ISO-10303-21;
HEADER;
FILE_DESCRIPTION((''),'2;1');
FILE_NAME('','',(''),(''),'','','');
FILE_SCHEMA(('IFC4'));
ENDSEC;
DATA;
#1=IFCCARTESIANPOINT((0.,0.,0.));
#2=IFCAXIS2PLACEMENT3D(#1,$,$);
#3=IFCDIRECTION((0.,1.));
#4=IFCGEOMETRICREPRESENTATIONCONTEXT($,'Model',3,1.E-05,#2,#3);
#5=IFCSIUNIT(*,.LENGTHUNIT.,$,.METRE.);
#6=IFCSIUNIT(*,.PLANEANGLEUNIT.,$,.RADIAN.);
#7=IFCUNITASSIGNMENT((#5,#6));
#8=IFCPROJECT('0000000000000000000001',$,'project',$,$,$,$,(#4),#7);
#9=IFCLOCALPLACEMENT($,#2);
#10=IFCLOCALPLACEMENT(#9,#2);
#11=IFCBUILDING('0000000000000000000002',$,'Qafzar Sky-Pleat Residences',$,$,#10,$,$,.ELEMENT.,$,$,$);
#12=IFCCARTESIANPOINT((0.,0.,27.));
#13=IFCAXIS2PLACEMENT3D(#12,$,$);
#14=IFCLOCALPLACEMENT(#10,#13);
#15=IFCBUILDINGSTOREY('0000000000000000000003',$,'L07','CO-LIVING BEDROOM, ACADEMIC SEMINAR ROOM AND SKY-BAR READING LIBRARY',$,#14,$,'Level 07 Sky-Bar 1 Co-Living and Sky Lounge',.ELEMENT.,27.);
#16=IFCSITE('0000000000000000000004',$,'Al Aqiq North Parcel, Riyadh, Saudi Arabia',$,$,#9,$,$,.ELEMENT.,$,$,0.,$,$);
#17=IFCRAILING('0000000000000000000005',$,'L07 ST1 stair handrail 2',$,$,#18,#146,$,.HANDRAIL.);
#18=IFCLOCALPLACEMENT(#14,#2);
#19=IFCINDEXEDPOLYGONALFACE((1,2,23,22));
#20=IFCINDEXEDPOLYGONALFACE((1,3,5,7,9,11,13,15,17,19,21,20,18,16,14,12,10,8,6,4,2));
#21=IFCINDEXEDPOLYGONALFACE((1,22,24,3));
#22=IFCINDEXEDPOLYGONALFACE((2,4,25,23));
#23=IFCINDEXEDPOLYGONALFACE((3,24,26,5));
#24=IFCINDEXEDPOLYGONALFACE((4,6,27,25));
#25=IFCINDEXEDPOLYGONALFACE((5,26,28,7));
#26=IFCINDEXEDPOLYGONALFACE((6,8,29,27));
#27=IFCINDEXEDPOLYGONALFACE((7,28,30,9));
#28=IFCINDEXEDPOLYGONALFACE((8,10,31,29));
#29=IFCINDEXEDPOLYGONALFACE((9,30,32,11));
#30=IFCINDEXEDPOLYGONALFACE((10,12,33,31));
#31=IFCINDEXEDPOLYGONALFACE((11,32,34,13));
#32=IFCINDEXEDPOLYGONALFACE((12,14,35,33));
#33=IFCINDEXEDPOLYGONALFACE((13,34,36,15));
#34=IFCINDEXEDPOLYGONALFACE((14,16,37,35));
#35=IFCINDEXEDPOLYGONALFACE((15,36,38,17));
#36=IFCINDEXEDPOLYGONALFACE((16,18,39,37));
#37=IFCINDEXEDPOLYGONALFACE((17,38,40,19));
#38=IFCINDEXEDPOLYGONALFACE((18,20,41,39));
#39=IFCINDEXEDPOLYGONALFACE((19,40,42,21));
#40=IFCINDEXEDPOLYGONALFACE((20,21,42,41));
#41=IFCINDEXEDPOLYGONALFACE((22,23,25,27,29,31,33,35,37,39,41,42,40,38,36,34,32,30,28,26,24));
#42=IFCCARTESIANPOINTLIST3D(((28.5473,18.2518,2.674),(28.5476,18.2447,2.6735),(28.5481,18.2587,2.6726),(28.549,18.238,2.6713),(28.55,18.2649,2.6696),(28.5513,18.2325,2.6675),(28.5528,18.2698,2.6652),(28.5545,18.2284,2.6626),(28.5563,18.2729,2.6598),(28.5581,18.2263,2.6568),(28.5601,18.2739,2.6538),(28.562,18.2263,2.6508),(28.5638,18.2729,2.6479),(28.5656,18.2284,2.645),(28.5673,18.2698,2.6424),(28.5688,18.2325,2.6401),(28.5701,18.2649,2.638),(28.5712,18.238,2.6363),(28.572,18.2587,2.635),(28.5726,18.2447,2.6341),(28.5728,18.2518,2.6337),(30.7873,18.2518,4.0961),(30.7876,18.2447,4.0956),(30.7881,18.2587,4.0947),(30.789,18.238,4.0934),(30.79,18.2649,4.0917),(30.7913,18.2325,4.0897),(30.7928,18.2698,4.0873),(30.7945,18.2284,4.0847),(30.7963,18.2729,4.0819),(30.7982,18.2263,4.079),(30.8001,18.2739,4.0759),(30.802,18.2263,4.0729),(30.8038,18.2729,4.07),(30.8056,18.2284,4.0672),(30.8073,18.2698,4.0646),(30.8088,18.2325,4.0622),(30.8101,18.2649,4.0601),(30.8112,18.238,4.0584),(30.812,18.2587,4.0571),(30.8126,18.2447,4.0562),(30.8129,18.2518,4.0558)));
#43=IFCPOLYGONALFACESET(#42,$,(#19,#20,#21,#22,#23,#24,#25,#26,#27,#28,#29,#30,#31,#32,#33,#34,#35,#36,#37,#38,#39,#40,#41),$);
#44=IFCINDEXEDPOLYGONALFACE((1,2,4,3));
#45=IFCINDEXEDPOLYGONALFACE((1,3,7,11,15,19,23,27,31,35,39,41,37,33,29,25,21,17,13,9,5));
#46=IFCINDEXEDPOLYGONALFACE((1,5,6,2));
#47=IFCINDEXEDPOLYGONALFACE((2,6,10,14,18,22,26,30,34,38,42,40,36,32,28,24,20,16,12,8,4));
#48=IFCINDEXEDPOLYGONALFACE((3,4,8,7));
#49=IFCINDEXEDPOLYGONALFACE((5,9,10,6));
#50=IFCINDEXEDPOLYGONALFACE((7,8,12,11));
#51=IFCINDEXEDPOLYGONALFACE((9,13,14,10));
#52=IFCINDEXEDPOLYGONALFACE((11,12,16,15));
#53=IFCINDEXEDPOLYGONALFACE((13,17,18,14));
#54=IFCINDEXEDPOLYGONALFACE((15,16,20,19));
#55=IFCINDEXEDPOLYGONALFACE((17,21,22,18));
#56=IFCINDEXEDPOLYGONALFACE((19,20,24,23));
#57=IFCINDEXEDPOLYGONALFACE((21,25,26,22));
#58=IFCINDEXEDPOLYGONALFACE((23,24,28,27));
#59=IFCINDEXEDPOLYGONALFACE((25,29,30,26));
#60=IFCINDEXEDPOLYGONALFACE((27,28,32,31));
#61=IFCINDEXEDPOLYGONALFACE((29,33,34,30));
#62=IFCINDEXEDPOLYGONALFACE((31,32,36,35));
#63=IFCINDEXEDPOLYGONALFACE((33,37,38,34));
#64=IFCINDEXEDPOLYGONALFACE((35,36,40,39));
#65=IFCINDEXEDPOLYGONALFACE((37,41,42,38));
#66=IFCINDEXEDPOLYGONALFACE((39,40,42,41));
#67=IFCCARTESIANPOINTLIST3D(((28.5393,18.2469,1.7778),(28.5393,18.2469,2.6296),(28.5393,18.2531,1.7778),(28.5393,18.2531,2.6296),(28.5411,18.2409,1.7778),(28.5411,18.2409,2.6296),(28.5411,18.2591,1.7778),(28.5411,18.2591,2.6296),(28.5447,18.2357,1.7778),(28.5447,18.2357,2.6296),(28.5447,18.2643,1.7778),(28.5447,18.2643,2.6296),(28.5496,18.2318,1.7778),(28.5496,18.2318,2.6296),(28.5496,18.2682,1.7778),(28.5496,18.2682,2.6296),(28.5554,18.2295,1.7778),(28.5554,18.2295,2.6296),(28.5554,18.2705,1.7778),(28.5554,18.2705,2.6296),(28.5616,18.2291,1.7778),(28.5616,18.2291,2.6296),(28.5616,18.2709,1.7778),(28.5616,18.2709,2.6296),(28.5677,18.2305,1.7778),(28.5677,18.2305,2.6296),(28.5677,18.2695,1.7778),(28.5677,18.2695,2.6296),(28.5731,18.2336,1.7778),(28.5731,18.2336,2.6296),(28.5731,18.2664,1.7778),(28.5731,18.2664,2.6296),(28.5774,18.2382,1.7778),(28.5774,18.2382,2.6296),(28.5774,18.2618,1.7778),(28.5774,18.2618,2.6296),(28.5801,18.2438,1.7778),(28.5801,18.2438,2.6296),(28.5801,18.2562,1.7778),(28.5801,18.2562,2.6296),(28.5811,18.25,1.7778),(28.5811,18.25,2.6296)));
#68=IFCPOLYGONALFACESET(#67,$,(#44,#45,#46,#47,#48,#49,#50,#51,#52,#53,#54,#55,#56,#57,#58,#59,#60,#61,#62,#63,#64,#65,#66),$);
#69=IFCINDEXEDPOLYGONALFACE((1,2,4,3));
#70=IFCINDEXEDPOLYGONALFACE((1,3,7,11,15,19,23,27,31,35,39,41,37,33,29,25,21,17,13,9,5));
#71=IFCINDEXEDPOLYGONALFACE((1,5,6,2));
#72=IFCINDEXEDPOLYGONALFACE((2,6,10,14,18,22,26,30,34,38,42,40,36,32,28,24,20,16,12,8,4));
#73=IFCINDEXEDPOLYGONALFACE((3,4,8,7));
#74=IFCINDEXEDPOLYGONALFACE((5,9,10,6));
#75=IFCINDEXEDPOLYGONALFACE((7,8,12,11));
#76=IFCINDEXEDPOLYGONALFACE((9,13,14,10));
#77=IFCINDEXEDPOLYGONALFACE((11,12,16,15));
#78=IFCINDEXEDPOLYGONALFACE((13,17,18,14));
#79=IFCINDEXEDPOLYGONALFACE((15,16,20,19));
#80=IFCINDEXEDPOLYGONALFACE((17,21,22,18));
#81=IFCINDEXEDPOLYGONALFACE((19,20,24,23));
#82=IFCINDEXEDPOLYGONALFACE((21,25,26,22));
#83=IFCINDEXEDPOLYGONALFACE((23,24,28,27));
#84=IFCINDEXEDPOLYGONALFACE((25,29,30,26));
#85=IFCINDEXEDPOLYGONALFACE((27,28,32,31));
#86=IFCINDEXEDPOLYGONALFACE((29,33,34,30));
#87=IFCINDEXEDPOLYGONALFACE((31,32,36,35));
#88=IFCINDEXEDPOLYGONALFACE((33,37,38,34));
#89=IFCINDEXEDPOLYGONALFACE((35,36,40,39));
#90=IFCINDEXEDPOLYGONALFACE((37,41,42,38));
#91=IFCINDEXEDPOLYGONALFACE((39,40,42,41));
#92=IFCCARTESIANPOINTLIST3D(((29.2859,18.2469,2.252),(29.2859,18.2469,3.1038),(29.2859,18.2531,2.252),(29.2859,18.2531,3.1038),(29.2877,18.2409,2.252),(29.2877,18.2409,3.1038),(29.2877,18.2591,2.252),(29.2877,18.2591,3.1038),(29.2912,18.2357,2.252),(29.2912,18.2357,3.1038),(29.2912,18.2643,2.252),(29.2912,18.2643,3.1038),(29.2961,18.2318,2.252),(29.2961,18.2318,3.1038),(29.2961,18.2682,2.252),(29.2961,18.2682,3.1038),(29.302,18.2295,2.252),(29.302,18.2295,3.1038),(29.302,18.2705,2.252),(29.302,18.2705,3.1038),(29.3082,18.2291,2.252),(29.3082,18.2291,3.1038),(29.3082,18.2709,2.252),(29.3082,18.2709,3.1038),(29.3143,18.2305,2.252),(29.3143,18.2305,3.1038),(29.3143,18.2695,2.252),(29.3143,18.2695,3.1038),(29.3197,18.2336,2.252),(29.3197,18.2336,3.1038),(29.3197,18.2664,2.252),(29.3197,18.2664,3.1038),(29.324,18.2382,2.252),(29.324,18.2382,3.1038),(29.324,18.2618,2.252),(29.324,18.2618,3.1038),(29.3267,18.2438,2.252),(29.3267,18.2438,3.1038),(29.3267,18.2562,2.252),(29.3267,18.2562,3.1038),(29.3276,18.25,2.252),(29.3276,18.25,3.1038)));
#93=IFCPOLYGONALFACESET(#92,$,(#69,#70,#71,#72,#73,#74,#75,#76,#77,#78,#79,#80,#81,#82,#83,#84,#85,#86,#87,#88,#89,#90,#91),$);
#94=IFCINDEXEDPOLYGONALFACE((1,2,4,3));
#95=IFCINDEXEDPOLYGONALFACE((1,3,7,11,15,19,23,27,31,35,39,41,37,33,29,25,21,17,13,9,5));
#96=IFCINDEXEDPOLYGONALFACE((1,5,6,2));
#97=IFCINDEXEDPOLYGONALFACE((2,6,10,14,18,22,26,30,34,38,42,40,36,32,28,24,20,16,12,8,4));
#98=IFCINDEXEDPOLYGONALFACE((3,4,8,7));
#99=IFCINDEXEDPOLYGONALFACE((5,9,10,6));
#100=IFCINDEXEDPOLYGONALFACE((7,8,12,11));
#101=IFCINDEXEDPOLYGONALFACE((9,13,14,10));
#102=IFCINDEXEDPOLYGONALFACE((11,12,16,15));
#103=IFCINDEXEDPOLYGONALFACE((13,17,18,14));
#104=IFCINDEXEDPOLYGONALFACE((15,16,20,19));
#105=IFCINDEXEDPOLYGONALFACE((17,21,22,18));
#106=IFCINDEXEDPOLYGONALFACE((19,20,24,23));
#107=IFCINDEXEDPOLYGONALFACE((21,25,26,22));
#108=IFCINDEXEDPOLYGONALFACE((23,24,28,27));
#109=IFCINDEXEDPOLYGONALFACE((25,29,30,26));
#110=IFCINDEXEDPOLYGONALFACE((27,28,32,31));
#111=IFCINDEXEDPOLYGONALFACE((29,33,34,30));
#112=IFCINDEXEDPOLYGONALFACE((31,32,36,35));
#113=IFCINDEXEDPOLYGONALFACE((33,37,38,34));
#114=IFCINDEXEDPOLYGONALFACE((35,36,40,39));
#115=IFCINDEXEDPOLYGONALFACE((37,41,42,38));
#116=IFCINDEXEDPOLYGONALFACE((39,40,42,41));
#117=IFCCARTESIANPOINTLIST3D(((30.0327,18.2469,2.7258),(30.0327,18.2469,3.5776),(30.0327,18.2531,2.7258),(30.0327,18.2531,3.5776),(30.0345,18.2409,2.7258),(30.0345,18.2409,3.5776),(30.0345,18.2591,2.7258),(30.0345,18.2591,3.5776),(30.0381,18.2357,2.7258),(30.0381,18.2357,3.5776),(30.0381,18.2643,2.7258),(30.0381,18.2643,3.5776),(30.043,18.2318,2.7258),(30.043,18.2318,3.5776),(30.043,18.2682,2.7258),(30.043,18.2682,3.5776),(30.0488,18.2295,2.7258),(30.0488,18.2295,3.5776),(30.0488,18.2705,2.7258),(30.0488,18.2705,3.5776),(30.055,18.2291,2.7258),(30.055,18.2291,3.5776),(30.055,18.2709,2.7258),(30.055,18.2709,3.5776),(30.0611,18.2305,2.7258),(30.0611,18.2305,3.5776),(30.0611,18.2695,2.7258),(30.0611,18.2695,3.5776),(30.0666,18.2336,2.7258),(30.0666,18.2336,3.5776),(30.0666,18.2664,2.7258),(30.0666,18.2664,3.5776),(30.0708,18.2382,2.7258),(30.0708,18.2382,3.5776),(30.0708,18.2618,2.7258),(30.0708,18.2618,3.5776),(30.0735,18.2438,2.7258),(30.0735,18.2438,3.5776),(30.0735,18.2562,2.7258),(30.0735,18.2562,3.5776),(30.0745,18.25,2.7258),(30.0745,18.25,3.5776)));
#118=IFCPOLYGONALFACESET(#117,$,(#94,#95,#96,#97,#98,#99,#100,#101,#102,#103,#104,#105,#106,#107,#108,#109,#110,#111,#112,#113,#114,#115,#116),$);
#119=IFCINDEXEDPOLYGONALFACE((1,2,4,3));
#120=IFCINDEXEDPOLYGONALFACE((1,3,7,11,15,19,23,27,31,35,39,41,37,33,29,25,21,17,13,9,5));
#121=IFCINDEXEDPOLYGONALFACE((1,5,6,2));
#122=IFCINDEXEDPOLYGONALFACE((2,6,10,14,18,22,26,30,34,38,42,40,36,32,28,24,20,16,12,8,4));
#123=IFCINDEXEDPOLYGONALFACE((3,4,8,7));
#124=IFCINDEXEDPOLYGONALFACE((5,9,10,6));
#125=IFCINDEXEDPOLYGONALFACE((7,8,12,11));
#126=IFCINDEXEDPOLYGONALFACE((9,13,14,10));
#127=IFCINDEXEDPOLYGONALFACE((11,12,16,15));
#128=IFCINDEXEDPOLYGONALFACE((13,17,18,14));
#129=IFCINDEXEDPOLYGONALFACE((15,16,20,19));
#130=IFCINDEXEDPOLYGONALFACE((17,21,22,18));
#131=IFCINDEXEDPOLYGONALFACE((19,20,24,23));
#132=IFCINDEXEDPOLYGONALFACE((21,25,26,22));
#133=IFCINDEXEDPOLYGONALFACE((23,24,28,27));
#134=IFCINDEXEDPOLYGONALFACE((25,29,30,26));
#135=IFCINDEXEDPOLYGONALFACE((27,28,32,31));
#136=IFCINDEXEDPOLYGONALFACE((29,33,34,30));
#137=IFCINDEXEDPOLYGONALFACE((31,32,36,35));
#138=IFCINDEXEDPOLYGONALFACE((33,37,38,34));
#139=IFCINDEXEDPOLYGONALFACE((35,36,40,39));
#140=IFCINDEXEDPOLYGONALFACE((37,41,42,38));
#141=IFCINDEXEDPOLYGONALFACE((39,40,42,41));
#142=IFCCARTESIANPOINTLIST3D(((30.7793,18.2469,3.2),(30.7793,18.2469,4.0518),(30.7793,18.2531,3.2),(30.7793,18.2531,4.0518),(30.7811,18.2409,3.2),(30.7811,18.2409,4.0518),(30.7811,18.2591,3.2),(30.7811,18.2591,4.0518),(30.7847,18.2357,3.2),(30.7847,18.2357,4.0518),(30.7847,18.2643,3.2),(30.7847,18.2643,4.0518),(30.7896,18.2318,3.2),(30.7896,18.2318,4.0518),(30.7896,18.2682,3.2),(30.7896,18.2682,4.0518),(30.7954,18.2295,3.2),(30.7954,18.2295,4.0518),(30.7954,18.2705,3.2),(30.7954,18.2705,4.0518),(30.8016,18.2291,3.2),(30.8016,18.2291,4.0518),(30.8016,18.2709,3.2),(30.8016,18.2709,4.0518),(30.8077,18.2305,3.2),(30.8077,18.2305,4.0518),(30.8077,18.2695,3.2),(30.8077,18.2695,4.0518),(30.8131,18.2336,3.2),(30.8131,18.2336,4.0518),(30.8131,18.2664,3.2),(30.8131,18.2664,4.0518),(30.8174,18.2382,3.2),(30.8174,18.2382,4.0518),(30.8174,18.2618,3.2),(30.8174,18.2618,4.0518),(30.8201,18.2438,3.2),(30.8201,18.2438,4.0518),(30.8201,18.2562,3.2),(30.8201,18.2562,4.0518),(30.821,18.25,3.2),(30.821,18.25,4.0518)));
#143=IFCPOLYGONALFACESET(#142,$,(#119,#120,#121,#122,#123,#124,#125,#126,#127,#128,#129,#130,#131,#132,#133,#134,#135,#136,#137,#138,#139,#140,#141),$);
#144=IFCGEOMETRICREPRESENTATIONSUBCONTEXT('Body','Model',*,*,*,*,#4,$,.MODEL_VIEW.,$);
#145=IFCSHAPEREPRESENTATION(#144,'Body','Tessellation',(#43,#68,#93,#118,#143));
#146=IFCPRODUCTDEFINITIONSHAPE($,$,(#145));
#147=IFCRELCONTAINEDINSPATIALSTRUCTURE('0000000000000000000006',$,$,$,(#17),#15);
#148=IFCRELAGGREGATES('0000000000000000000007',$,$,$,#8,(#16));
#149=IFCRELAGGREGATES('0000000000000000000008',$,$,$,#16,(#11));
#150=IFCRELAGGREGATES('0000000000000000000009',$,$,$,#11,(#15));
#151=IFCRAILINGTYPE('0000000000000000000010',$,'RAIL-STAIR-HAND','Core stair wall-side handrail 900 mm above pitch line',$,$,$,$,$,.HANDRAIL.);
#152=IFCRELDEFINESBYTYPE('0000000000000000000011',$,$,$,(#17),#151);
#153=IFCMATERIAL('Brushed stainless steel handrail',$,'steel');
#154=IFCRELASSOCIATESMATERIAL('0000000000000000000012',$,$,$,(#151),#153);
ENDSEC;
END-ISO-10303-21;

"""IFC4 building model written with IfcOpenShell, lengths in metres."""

from ifc_helpers import new_model, si_unit, direction, frame, origin, origin_2d, place, context, subcontext, project, spatial, circle, extrude, source, transform, mapped, material, type_object, element, save


model = new_model("IFC4")

# Units and contexts
model_context = context("Model", 3, precision=1e-05, world=origin(), true_north=direction((0.0, 1.0)))
body_context = subcontext(model_context, "Body", "Model", "MODEL_VIEW")
ifc_project = project(units=[si_unit("LENGTHUNIT", "METRE"), si_unit("PLANEANGLEUNIT", "RADIAN")], contexts=[model_context])

# Site, building, storey
site_placement = place(None, origin())
site = spatial("IfcSite", under=ifc_project, at=site_placement, Name="Al Aqiq North Parcel, Riyadh, Saudi Arabia", CompositionType="ELEMENT", RefElevation=0.0)
building_placement = place(site_placement, origin())
building = spatial("IfcBuilding", under=site, at=building_placement, Name="Qafzar Sky-Pleat Residences", CompositionType="ELEMENT")
storey_placement = place(building_placement, frame((0.0, 0.0, 27.0)))
storey = spatial("IfcBuildingStorey", under=building, at=storey_placement, Name="L07", Description="CO-LIVING BEDROOM, ACADEMIC SEMINAR ROOM AND SKY-BAR READING LIBRARY", LongName="Level 07 Sky-Bar 1 Co-Living and Sky Lounge", CompositionType="ELEMENT", Elevation=27.0)

# Railing
ifc_material_1 = material(Name="Brushed stainless steel handrail", Category="steel")
railing_type_1 = type_object("IfcRailingType", Name="RAIL-STAIR-HAND", Description="Core stair wall-side handrail 900 mm above pitch line", PredefinedType="HANDRAIL", material=ifc_material_1)
shared_shape_1 = source(origin(), body_context, "Body", "SweptSolid", [
    extrude(circle(Radius=0.0239, at=origin_2d()), frame((0.0, 0.0, 0.876), z_axis=(0.844229, 0.0, 0.535982), x_axis=(0.0, 1.0, 0.0)), (0.0, 0.0, 1.0), 2.6533),
    extrude(circle(Radius=0.021, at=origin_2d()), origin(), (0.0, 0.0, 1.0), 0.8518),
    extrude(circle(Radius=0.021, at=origin_2d()), frame((0.7466, 0.0, 0.4741)), (0.0, 0.0, 1.0), 0.8518),
    extrude(circle(Radius=0.021, at=origin_2d()), frame((1.4934, 0.0, 0.948)), (0.0, 0.0, 1.0), 0.8518),
    extrude(circle(Radius=0.021, at=origin_2d()), frame((2.24, 0.0, 1.4221)), (0.0, 0.0, 1.0), 0.8518),
])
railing_placement = place(storey_placement, frame((28.5601, 18.25, 1.7778)))
element("IfcRailing", 1, at=railing_placement, inside=storey, type_object=railing_type_1, Name="L07 ST1 stair handrail 2", PredefinedType="HANDRAIL", context=body_context, shape_type="MappedRepresentation", body=[
    mapped(shared_shape_1, transform((0.0, 0.0, 0.0), x_axis=(1.0, 0.0, 0.0), y_axis=(0.0, 1.0, 0.0), z_axis=(0.0, 0.0, 1.0), scale=1.0)),
])

save(model, "model.ifc")
